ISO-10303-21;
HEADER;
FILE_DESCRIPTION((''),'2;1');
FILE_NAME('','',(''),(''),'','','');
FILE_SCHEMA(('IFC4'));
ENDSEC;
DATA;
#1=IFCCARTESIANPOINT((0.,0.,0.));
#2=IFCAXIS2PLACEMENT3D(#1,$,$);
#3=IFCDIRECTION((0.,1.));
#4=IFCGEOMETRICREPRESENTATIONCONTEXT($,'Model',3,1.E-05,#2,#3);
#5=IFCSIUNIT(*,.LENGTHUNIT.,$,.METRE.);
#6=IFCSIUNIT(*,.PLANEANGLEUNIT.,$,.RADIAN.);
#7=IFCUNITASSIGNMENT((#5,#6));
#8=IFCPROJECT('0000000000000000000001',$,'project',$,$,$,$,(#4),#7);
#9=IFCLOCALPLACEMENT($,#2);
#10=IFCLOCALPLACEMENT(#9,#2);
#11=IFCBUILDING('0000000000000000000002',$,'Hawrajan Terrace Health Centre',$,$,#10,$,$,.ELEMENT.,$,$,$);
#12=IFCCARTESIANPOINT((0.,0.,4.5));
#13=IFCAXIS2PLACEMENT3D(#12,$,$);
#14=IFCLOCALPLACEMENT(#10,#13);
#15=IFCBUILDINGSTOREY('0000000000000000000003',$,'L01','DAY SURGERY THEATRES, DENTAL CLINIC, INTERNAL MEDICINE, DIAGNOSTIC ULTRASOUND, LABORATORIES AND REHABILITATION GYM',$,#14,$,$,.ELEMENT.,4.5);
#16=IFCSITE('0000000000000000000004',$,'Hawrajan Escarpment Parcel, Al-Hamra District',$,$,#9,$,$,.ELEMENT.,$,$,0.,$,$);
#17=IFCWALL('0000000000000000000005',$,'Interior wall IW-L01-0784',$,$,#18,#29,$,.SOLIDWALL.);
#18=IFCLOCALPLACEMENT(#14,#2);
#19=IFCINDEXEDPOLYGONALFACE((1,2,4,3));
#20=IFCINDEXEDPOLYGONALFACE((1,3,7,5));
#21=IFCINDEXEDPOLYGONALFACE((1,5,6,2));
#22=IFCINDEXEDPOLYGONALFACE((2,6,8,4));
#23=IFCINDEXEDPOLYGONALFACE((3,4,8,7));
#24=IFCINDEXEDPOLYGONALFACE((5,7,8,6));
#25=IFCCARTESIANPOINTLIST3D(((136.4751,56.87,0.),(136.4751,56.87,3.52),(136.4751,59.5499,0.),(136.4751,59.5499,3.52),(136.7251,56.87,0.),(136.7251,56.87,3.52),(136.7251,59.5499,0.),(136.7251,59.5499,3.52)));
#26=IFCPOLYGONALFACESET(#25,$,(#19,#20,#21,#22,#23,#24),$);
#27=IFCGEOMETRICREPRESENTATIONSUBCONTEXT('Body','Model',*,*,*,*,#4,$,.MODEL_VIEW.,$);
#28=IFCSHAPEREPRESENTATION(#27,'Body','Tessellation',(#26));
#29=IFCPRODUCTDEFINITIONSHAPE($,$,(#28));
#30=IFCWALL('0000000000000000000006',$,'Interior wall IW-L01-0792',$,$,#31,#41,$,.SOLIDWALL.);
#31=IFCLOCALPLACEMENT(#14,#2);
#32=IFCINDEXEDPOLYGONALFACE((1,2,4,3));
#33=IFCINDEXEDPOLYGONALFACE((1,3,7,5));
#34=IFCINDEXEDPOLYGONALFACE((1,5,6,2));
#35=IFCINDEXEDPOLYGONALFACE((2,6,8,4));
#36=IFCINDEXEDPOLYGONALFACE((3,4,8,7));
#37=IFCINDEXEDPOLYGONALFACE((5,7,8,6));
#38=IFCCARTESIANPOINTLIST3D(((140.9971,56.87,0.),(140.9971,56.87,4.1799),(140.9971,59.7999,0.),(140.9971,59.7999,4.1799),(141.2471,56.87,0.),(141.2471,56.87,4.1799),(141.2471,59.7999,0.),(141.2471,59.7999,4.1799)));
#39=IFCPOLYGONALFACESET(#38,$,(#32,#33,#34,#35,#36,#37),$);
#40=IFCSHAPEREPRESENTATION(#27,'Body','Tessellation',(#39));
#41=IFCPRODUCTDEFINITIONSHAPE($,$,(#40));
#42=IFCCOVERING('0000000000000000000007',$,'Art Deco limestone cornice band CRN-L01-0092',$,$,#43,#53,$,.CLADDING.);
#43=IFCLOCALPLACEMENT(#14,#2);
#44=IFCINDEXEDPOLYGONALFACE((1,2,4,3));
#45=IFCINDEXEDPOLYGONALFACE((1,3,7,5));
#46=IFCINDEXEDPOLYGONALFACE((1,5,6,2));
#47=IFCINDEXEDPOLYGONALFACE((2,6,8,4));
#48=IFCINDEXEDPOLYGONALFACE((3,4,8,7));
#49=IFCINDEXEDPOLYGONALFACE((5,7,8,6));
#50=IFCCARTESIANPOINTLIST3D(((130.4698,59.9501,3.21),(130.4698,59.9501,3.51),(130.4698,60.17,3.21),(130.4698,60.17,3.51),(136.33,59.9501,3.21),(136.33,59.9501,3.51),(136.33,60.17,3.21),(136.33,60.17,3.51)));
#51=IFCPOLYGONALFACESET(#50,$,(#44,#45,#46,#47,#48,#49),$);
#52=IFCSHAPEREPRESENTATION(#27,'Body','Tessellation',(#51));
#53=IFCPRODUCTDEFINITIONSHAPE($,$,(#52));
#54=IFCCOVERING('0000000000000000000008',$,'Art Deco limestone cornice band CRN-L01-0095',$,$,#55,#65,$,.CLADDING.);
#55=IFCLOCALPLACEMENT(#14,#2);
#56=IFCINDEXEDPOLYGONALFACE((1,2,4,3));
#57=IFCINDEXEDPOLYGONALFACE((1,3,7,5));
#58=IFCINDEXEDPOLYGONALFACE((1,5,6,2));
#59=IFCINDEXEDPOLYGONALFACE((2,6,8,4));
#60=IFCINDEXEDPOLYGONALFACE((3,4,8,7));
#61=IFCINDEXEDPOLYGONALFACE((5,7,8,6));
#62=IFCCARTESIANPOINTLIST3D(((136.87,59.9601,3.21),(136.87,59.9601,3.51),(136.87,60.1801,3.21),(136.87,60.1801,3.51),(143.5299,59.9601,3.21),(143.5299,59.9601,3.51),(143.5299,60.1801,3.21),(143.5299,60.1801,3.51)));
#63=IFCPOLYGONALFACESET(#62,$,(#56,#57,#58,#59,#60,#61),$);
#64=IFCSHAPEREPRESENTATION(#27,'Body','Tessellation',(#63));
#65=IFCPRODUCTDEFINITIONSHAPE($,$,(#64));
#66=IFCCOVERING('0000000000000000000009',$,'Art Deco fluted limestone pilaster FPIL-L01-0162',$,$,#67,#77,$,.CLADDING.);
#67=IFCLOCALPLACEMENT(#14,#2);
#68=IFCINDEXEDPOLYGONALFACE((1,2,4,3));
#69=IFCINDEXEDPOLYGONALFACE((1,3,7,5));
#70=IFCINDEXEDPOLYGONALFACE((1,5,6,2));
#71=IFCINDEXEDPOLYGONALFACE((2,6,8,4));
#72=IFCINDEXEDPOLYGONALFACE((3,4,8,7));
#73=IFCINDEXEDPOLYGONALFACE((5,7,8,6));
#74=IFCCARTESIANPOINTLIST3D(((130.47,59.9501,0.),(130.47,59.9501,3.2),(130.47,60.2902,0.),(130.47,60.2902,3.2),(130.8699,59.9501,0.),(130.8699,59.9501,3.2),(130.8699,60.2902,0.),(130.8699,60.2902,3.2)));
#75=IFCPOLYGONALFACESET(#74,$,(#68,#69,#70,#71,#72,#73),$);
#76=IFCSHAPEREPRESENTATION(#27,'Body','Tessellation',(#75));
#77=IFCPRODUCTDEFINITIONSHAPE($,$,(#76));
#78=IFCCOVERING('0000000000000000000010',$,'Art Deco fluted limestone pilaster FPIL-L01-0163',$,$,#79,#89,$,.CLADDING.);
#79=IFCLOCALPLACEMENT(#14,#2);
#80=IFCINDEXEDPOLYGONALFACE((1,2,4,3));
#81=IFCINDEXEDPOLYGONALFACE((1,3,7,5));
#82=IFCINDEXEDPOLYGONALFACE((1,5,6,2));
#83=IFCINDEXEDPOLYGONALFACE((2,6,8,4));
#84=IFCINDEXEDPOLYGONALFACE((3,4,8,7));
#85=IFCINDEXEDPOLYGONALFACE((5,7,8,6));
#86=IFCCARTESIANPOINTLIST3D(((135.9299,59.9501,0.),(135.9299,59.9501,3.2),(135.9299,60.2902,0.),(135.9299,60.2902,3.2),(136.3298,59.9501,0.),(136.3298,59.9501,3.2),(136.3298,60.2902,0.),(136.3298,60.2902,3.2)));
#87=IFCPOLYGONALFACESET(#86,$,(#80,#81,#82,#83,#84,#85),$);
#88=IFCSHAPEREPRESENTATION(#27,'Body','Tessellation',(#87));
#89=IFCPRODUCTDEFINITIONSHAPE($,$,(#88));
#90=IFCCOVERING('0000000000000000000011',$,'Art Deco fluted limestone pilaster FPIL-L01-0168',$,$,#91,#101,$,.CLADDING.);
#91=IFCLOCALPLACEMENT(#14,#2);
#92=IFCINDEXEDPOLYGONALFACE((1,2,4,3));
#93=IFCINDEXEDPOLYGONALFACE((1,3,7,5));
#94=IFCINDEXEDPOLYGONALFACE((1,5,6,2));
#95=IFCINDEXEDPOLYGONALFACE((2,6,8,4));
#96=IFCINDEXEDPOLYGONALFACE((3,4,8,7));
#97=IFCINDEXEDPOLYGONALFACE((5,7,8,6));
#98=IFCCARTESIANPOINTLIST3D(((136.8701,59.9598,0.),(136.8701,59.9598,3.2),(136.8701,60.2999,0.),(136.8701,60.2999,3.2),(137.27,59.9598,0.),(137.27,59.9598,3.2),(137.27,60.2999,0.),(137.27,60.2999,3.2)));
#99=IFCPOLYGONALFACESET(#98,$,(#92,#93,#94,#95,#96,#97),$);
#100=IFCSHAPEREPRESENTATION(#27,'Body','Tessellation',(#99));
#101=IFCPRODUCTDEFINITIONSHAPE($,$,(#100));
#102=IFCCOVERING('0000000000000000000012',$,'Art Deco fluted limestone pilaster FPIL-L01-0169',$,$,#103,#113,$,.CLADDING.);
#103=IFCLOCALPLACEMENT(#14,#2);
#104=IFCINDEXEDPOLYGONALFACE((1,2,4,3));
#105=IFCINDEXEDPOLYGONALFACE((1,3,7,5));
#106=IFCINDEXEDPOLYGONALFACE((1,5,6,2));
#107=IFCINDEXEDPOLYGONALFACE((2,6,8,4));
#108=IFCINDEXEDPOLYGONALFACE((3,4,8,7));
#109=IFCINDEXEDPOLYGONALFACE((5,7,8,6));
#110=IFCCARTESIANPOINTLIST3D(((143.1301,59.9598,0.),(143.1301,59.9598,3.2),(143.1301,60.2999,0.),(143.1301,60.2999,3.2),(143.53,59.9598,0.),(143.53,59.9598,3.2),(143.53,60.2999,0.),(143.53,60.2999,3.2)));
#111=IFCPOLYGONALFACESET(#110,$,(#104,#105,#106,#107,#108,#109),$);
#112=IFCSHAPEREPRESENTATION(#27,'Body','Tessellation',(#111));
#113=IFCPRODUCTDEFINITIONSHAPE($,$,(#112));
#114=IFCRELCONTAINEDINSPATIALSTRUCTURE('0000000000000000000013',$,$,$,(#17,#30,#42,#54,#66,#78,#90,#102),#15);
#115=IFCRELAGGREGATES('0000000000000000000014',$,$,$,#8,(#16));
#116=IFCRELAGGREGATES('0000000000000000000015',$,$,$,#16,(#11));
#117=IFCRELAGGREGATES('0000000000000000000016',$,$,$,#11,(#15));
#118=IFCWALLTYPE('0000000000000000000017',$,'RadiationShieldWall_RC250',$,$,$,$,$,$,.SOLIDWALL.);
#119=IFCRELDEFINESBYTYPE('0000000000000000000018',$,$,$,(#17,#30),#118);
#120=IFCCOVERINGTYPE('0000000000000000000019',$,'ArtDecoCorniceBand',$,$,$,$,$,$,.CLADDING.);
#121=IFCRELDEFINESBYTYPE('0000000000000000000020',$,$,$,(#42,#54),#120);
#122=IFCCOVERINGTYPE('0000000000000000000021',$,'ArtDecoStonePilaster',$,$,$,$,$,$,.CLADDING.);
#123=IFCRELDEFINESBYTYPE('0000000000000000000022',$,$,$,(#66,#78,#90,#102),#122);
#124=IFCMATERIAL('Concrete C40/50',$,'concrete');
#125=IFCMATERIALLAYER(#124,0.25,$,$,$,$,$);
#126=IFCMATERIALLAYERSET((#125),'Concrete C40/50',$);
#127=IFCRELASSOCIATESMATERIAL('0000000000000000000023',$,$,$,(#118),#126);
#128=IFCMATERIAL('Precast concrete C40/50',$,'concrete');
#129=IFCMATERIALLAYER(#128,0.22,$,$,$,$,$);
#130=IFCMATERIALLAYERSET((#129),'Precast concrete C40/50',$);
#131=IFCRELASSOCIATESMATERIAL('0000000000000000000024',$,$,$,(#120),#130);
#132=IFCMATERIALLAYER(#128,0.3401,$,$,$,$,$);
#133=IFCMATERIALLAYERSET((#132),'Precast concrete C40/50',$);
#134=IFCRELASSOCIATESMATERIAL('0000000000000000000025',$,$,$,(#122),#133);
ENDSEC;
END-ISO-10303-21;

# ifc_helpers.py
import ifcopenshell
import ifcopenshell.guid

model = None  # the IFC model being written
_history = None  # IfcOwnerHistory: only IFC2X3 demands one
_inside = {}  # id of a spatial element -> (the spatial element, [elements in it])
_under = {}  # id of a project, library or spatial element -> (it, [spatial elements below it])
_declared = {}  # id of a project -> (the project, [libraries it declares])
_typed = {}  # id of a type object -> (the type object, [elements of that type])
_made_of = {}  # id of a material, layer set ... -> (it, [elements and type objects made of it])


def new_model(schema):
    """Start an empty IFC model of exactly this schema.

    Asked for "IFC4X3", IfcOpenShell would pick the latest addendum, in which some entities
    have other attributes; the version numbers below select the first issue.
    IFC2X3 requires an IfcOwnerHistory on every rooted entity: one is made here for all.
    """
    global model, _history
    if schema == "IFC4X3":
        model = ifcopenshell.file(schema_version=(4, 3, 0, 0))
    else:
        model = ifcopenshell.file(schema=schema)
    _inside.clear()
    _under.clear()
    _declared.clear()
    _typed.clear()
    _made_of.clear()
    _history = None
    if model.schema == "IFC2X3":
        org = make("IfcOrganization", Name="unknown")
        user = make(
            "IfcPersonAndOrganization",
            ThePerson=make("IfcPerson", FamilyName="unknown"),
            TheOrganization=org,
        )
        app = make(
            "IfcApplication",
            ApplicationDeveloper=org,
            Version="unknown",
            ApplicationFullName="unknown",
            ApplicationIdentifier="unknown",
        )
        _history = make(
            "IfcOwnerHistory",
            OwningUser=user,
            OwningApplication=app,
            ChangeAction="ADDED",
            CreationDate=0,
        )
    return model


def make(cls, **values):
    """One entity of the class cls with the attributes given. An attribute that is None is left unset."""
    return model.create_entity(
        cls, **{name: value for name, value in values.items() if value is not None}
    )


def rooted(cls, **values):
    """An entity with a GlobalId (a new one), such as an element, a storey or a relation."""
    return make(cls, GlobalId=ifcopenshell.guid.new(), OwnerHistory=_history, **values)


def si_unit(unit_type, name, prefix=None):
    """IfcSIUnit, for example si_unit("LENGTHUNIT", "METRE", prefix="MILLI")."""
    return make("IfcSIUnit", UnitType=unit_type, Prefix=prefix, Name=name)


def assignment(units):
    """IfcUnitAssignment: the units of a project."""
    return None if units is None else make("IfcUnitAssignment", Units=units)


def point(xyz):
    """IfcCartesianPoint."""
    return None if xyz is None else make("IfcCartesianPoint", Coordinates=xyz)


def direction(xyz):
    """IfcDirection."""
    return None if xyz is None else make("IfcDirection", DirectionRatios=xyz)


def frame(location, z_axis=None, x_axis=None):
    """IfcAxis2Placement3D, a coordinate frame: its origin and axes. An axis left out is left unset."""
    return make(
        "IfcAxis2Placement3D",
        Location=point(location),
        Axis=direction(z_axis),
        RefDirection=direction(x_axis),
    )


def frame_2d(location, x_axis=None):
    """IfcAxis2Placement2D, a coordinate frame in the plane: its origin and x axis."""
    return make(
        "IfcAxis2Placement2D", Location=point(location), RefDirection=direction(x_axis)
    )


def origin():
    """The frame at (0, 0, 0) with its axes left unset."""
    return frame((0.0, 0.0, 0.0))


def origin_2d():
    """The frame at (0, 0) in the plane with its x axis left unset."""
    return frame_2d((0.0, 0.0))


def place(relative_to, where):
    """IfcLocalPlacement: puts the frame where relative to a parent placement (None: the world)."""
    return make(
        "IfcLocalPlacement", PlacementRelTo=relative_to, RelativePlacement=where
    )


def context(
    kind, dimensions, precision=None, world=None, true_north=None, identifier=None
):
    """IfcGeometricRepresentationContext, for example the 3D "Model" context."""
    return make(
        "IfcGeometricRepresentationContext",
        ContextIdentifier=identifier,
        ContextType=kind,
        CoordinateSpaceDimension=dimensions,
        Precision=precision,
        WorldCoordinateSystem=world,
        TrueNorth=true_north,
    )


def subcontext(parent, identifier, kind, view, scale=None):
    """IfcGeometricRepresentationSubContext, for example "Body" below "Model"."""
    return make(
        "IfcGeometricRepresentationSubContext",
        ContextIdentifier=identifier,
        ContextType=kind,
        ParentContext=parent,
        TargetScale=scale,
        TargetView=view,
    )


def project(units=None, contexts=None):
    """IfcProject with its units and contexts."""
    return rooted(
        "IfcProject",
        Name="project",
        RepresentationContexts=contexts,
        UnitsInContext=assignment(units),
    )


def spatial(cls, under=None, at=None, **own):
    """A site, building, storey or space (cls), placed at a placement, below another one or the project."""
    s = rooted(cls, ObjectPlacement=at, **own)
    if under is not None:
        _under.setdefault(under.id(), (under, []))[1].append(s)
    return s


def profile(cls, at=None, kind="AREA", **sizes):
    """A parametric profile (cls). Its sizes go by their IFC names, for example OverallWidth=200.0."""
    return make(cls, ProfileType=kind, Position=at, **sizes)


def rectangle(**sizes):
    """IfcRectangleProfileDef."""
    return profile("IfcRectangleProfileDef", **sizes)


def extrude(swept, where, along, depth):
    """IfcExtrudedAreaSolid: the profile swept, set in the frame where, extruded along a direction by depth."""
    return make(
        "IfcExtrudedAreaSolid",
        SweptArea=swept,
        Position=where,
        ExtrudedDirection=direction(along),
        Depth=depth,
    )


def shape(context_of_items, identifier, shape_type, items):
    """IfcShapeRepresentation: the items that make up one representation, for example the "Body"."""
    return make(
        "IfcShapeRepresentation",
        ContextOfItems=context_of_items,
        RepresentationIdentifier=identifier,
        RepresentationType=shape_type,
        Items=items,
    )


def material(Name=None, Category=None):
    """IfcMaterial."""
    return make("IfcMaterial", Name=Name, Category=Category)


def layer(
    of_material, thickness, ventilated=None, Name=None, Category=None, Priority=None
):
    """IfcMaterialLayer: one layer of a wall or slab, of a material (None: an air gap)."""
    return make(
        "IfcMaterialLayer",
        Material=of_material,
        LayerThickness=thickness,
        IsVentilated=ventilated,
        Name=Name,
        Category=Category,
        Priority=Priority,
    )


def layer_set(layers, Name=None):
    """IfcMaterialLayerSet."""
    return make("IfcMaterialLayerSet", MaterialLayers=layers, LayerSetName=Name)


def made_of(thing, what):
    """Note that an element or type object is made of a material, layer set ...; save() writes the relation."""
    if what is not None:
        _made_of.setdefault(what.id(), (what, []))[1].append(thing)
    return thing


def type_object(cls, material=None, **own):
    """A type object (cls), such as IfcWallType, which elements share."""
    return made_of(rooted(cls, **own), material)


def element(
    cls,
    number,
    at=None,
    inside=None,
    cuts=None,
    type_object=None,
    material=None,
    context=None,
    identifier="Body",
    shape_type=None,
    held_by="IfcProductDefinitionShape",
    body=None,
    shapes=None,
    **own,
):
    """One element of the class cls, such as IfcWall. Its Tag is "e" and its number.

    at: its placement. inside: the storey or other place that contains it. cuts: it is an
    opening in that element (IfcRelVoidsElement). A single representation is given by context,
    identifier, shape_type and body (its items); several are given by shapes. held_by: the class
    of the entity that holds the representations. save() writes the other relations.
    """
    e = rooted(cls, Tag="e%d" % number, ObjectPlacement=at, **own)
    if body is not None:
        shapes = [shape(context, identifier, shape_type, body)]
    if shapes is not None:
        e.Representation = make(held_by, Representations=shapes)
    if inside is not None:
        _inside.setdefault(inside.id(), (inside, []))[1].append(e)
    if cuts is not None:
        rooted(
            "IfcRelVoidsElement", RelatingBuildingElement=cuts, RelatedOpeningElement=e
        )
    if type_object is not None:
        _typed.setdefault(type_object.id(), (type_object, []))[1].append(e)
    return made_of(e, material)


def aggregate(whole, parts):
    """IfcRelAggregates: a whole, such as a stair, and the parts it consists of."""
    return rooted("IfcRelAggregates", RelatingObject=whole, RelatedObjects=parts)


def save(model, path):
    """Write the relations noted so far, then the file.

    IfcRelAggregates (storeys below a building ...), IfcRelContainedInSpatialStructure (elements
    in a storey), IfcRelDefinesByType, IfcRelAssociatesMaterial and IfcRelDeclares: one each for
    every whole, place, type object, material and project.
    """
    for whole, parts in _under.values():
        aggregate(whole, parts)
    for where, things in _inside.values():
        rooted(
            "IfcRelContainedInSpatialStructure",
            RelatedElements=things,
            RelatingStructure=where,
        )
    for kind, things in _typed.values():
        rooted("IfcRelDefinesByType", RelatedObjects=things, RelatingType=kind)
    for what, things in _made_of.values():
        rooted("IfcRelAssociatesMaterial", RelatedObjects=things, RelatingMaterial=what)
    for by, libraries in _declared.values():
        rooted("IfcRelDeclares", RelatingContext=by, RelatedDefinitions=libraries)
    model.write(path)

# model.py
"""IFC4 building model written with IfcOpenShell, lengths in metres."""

from ifc_helpers import new_model, si_unit, direction, frame, frame_2d, origin, origin_2d, place, context, subcontext, project, spatial, rectangle, extrude, material, layer, layer_set, type_object, element, save


model = new_model("IFC4")

# Units and contexts
model_context = context("Model", 3, precision=1e-05, world=origin(), true_north=direction((0.0, 1.0)))
body_context = subcontext(model_context, "Body", "Model", "MODEL_VIEW")
ifc_project = project(units=[si_unit("LENGTHUNIT", "METRE"), si_unit("PLANEANGLEUNIT", "RADIAN")], contexts=[model_context])

# Site, building, storey
site_placement = place(None, origin())
site = spatial("IfcSite", under=ifc_project, at=site_placement, Name="Hawrajan Escarpment Parcel, Al-Hamra District", CompositionType="ELEMENT", RefElevation=0.0)
building_placement = place(site_placement, origin())
building = spatial("IfcBuilding", under=site, at=building_placement, Name="Hawrajan Terrace Health Centre", CompositionType="ELEMENT")
storey_placement = place(building_placement, frame((0.0, 0.0, 4.5)))
storey = spatial("IfcBuildingStorey", under=building, at=storey_placement, Name="L01", Description="DAY SURGERY THEATRES, DENTAL CLINIC, INTERNAL MEDICINE, DIAGNOSTIC ULTRASOUND, LABORATORIES AND REHABILITATION GYM", CompositionType="ELEMENT", Elevation=4.5)

# Shared definitions
ifc_material_1 = material(Name="Concrete C40/50", Category="concrete")

# Shared definitions
ifc_material_2 = material(Name="Precast concrete C40/50", Category="concrete")

# Wall
ifc_layer_1 = layer(ifc_material_1, 0.25)
ifc_layer_set_1 = layer_set([ifc_layer_1], Name="Concrete C40/50")
wall_type_1 = type_object("IfcWallType", Name="RadiationShieldWall_RC250", PredefinedType="SOLIDWALL", material=ifc_layer_set_1)
wall_1_placement = place(storey_placement, frame((136.6001, 56.8701, 0.0), z_axis=(0.0, 0.0, 1.0), x_axis=(0.0, 1.0, 0.0)))
element("IfcWall", 1, at=wall_1_placement, inside=storey, type_object=wall_type_1, Name="Interior wall IW-L01-0784", PredefinedType="SOLIDWALL", context=body_context, shape_type="SweptSolid", body=[
    extrude(rectangle(XDim=2.6799, YDim=0.25, at=frame_2d((1.3398, 0.0))), origin(), (0.0, 0.0, 1.0), 3.52),
])

# Wall
wall_2_placement = place(storey_placement, frame((141.1221, 56.8701, 0.0), z_axis=(0.0, 0.0, 1.0), x_axis=(0.0, 1.0, 0.0)))
element("IfcWall", 2, at=wall_2_placement, inside=storey, type_object=wall_type_1, Name="Interior wall IW-L01-0792", PredefinedType="SOLIDWALL", context=body_context, shape_type="SweptSolid", body=[
    extrude(rectangle(XDim=2.9299, YDim=0.25, at=frame_2d((1.4648, 0.0))), origin(), (0.0, 0.0, 1.0), 4.1799),
])

# Coverings
ifc_layer_2 = layer(ifc_material_2, 0.22)
ifc_layer_set_2 = layer_set([ifc_layer_2], Name="Precast concrete C40/50")
covering_type_1 = type_object("IfcCoveringType", Name="ArtDecoCorniceBand", PredefinedType="CLADDING", material=ifc_layer_set_2)
covering_1_placement = place(storey_placement, frame((133.3999, 60.0601, 3.21), z_axis=(0.0, 0.0, 1.0), x_axis=(1.0, 0.0, 0.0)))
element("IfcCovering", 3, at=covering_1_placement, inside=storey, type_object=covering_type_1, Name="Art Deco limestone cornice band CRN-L01-0092", PredefinedType="CLADDING", context=body_context, shape_type="SweptSolid", body=[
    extrude(rectangle(XDim=5.8601, YDim=0.22, at=origin_2d()), origin(), (0.0, 0.0, 1.0), 0.3),
])
covering_2_placement = place(storey_placement, frame((140.2, 60.0701, 3.21), z_axis=(0.0, 0.0, 1.0), x_axis=(1.0, 0.0, 0.0)))
element("IfcCovering", 4, at=covering_2_placement, inside=storey, type_object=covering_type_1, Name="Art Deco limestone cornice band CRN-L01-0095", PredefinedType="CLADDING", context=body_context, shape_type="SweptSolid", body=[
    extrude(rectangle(XDim=6.6599, YDim=0.22, at=origin_2d()), origin(), (0.0, 0.0, 1.0), 0.3),
])
ifc_layer_3 = layer(ifc_material_2, 0.3401)
ifc_layer_set_3 = layer_set([ifc_layer_3], Name="Precast concrete C40/50")
covering_type_2 = type_object("IfcCoveringType", Name="ArtDecoStonePilaster", PredefinedType="CLADDING", material=ifc_layer_set_3)
for number, where, z_axis, x_axis, name in (
    (5, (130.6699, 60.1201, 0.0), (0.0, 0.0, 1.0), (1.0, 0.0, 0.0), "Art Deco fluted limestone pilaster FPIL-L01-0162"),
    (6, (136.1299, 60.1201, 0.0), (0.0, 0.0, 1.0), (1.0, 0.0, 0.0), "Art Deco fluted limestone pilaster FPIL-L01-0163"),
    (7, (137.0701, 60.1299, 0.0), (0.0, 0.0, 1.0), (1.0, 0.0, 0.0), "Art Deco fluted limestone pilaster FPIL-L01-0168"),
    (8, (143.3301, 60.1299, 0.0), (0.0, 0.0, 1.0), (1.0, 0.0, 0.0), "Art Deco fluted limestone pilaster FPIL-L01-0169"),
):
    element("IfcCovering", number, at=place(storey_placement, frame(where, z_axis=z_axis, x_axis=x_axis)), inside=storey, type_object=covering_type_2, Name=name, PredefinedType="CLADDING", context=body_context, shape_type="SweptSolid", body=[
        extrude(rectangle(XDim=0.3999, YDim=0.3401, at=origin_2d()), origin(), (0.0, 0.0, 1.0), 3.2),
    ])

save(model, "model.ifc")
